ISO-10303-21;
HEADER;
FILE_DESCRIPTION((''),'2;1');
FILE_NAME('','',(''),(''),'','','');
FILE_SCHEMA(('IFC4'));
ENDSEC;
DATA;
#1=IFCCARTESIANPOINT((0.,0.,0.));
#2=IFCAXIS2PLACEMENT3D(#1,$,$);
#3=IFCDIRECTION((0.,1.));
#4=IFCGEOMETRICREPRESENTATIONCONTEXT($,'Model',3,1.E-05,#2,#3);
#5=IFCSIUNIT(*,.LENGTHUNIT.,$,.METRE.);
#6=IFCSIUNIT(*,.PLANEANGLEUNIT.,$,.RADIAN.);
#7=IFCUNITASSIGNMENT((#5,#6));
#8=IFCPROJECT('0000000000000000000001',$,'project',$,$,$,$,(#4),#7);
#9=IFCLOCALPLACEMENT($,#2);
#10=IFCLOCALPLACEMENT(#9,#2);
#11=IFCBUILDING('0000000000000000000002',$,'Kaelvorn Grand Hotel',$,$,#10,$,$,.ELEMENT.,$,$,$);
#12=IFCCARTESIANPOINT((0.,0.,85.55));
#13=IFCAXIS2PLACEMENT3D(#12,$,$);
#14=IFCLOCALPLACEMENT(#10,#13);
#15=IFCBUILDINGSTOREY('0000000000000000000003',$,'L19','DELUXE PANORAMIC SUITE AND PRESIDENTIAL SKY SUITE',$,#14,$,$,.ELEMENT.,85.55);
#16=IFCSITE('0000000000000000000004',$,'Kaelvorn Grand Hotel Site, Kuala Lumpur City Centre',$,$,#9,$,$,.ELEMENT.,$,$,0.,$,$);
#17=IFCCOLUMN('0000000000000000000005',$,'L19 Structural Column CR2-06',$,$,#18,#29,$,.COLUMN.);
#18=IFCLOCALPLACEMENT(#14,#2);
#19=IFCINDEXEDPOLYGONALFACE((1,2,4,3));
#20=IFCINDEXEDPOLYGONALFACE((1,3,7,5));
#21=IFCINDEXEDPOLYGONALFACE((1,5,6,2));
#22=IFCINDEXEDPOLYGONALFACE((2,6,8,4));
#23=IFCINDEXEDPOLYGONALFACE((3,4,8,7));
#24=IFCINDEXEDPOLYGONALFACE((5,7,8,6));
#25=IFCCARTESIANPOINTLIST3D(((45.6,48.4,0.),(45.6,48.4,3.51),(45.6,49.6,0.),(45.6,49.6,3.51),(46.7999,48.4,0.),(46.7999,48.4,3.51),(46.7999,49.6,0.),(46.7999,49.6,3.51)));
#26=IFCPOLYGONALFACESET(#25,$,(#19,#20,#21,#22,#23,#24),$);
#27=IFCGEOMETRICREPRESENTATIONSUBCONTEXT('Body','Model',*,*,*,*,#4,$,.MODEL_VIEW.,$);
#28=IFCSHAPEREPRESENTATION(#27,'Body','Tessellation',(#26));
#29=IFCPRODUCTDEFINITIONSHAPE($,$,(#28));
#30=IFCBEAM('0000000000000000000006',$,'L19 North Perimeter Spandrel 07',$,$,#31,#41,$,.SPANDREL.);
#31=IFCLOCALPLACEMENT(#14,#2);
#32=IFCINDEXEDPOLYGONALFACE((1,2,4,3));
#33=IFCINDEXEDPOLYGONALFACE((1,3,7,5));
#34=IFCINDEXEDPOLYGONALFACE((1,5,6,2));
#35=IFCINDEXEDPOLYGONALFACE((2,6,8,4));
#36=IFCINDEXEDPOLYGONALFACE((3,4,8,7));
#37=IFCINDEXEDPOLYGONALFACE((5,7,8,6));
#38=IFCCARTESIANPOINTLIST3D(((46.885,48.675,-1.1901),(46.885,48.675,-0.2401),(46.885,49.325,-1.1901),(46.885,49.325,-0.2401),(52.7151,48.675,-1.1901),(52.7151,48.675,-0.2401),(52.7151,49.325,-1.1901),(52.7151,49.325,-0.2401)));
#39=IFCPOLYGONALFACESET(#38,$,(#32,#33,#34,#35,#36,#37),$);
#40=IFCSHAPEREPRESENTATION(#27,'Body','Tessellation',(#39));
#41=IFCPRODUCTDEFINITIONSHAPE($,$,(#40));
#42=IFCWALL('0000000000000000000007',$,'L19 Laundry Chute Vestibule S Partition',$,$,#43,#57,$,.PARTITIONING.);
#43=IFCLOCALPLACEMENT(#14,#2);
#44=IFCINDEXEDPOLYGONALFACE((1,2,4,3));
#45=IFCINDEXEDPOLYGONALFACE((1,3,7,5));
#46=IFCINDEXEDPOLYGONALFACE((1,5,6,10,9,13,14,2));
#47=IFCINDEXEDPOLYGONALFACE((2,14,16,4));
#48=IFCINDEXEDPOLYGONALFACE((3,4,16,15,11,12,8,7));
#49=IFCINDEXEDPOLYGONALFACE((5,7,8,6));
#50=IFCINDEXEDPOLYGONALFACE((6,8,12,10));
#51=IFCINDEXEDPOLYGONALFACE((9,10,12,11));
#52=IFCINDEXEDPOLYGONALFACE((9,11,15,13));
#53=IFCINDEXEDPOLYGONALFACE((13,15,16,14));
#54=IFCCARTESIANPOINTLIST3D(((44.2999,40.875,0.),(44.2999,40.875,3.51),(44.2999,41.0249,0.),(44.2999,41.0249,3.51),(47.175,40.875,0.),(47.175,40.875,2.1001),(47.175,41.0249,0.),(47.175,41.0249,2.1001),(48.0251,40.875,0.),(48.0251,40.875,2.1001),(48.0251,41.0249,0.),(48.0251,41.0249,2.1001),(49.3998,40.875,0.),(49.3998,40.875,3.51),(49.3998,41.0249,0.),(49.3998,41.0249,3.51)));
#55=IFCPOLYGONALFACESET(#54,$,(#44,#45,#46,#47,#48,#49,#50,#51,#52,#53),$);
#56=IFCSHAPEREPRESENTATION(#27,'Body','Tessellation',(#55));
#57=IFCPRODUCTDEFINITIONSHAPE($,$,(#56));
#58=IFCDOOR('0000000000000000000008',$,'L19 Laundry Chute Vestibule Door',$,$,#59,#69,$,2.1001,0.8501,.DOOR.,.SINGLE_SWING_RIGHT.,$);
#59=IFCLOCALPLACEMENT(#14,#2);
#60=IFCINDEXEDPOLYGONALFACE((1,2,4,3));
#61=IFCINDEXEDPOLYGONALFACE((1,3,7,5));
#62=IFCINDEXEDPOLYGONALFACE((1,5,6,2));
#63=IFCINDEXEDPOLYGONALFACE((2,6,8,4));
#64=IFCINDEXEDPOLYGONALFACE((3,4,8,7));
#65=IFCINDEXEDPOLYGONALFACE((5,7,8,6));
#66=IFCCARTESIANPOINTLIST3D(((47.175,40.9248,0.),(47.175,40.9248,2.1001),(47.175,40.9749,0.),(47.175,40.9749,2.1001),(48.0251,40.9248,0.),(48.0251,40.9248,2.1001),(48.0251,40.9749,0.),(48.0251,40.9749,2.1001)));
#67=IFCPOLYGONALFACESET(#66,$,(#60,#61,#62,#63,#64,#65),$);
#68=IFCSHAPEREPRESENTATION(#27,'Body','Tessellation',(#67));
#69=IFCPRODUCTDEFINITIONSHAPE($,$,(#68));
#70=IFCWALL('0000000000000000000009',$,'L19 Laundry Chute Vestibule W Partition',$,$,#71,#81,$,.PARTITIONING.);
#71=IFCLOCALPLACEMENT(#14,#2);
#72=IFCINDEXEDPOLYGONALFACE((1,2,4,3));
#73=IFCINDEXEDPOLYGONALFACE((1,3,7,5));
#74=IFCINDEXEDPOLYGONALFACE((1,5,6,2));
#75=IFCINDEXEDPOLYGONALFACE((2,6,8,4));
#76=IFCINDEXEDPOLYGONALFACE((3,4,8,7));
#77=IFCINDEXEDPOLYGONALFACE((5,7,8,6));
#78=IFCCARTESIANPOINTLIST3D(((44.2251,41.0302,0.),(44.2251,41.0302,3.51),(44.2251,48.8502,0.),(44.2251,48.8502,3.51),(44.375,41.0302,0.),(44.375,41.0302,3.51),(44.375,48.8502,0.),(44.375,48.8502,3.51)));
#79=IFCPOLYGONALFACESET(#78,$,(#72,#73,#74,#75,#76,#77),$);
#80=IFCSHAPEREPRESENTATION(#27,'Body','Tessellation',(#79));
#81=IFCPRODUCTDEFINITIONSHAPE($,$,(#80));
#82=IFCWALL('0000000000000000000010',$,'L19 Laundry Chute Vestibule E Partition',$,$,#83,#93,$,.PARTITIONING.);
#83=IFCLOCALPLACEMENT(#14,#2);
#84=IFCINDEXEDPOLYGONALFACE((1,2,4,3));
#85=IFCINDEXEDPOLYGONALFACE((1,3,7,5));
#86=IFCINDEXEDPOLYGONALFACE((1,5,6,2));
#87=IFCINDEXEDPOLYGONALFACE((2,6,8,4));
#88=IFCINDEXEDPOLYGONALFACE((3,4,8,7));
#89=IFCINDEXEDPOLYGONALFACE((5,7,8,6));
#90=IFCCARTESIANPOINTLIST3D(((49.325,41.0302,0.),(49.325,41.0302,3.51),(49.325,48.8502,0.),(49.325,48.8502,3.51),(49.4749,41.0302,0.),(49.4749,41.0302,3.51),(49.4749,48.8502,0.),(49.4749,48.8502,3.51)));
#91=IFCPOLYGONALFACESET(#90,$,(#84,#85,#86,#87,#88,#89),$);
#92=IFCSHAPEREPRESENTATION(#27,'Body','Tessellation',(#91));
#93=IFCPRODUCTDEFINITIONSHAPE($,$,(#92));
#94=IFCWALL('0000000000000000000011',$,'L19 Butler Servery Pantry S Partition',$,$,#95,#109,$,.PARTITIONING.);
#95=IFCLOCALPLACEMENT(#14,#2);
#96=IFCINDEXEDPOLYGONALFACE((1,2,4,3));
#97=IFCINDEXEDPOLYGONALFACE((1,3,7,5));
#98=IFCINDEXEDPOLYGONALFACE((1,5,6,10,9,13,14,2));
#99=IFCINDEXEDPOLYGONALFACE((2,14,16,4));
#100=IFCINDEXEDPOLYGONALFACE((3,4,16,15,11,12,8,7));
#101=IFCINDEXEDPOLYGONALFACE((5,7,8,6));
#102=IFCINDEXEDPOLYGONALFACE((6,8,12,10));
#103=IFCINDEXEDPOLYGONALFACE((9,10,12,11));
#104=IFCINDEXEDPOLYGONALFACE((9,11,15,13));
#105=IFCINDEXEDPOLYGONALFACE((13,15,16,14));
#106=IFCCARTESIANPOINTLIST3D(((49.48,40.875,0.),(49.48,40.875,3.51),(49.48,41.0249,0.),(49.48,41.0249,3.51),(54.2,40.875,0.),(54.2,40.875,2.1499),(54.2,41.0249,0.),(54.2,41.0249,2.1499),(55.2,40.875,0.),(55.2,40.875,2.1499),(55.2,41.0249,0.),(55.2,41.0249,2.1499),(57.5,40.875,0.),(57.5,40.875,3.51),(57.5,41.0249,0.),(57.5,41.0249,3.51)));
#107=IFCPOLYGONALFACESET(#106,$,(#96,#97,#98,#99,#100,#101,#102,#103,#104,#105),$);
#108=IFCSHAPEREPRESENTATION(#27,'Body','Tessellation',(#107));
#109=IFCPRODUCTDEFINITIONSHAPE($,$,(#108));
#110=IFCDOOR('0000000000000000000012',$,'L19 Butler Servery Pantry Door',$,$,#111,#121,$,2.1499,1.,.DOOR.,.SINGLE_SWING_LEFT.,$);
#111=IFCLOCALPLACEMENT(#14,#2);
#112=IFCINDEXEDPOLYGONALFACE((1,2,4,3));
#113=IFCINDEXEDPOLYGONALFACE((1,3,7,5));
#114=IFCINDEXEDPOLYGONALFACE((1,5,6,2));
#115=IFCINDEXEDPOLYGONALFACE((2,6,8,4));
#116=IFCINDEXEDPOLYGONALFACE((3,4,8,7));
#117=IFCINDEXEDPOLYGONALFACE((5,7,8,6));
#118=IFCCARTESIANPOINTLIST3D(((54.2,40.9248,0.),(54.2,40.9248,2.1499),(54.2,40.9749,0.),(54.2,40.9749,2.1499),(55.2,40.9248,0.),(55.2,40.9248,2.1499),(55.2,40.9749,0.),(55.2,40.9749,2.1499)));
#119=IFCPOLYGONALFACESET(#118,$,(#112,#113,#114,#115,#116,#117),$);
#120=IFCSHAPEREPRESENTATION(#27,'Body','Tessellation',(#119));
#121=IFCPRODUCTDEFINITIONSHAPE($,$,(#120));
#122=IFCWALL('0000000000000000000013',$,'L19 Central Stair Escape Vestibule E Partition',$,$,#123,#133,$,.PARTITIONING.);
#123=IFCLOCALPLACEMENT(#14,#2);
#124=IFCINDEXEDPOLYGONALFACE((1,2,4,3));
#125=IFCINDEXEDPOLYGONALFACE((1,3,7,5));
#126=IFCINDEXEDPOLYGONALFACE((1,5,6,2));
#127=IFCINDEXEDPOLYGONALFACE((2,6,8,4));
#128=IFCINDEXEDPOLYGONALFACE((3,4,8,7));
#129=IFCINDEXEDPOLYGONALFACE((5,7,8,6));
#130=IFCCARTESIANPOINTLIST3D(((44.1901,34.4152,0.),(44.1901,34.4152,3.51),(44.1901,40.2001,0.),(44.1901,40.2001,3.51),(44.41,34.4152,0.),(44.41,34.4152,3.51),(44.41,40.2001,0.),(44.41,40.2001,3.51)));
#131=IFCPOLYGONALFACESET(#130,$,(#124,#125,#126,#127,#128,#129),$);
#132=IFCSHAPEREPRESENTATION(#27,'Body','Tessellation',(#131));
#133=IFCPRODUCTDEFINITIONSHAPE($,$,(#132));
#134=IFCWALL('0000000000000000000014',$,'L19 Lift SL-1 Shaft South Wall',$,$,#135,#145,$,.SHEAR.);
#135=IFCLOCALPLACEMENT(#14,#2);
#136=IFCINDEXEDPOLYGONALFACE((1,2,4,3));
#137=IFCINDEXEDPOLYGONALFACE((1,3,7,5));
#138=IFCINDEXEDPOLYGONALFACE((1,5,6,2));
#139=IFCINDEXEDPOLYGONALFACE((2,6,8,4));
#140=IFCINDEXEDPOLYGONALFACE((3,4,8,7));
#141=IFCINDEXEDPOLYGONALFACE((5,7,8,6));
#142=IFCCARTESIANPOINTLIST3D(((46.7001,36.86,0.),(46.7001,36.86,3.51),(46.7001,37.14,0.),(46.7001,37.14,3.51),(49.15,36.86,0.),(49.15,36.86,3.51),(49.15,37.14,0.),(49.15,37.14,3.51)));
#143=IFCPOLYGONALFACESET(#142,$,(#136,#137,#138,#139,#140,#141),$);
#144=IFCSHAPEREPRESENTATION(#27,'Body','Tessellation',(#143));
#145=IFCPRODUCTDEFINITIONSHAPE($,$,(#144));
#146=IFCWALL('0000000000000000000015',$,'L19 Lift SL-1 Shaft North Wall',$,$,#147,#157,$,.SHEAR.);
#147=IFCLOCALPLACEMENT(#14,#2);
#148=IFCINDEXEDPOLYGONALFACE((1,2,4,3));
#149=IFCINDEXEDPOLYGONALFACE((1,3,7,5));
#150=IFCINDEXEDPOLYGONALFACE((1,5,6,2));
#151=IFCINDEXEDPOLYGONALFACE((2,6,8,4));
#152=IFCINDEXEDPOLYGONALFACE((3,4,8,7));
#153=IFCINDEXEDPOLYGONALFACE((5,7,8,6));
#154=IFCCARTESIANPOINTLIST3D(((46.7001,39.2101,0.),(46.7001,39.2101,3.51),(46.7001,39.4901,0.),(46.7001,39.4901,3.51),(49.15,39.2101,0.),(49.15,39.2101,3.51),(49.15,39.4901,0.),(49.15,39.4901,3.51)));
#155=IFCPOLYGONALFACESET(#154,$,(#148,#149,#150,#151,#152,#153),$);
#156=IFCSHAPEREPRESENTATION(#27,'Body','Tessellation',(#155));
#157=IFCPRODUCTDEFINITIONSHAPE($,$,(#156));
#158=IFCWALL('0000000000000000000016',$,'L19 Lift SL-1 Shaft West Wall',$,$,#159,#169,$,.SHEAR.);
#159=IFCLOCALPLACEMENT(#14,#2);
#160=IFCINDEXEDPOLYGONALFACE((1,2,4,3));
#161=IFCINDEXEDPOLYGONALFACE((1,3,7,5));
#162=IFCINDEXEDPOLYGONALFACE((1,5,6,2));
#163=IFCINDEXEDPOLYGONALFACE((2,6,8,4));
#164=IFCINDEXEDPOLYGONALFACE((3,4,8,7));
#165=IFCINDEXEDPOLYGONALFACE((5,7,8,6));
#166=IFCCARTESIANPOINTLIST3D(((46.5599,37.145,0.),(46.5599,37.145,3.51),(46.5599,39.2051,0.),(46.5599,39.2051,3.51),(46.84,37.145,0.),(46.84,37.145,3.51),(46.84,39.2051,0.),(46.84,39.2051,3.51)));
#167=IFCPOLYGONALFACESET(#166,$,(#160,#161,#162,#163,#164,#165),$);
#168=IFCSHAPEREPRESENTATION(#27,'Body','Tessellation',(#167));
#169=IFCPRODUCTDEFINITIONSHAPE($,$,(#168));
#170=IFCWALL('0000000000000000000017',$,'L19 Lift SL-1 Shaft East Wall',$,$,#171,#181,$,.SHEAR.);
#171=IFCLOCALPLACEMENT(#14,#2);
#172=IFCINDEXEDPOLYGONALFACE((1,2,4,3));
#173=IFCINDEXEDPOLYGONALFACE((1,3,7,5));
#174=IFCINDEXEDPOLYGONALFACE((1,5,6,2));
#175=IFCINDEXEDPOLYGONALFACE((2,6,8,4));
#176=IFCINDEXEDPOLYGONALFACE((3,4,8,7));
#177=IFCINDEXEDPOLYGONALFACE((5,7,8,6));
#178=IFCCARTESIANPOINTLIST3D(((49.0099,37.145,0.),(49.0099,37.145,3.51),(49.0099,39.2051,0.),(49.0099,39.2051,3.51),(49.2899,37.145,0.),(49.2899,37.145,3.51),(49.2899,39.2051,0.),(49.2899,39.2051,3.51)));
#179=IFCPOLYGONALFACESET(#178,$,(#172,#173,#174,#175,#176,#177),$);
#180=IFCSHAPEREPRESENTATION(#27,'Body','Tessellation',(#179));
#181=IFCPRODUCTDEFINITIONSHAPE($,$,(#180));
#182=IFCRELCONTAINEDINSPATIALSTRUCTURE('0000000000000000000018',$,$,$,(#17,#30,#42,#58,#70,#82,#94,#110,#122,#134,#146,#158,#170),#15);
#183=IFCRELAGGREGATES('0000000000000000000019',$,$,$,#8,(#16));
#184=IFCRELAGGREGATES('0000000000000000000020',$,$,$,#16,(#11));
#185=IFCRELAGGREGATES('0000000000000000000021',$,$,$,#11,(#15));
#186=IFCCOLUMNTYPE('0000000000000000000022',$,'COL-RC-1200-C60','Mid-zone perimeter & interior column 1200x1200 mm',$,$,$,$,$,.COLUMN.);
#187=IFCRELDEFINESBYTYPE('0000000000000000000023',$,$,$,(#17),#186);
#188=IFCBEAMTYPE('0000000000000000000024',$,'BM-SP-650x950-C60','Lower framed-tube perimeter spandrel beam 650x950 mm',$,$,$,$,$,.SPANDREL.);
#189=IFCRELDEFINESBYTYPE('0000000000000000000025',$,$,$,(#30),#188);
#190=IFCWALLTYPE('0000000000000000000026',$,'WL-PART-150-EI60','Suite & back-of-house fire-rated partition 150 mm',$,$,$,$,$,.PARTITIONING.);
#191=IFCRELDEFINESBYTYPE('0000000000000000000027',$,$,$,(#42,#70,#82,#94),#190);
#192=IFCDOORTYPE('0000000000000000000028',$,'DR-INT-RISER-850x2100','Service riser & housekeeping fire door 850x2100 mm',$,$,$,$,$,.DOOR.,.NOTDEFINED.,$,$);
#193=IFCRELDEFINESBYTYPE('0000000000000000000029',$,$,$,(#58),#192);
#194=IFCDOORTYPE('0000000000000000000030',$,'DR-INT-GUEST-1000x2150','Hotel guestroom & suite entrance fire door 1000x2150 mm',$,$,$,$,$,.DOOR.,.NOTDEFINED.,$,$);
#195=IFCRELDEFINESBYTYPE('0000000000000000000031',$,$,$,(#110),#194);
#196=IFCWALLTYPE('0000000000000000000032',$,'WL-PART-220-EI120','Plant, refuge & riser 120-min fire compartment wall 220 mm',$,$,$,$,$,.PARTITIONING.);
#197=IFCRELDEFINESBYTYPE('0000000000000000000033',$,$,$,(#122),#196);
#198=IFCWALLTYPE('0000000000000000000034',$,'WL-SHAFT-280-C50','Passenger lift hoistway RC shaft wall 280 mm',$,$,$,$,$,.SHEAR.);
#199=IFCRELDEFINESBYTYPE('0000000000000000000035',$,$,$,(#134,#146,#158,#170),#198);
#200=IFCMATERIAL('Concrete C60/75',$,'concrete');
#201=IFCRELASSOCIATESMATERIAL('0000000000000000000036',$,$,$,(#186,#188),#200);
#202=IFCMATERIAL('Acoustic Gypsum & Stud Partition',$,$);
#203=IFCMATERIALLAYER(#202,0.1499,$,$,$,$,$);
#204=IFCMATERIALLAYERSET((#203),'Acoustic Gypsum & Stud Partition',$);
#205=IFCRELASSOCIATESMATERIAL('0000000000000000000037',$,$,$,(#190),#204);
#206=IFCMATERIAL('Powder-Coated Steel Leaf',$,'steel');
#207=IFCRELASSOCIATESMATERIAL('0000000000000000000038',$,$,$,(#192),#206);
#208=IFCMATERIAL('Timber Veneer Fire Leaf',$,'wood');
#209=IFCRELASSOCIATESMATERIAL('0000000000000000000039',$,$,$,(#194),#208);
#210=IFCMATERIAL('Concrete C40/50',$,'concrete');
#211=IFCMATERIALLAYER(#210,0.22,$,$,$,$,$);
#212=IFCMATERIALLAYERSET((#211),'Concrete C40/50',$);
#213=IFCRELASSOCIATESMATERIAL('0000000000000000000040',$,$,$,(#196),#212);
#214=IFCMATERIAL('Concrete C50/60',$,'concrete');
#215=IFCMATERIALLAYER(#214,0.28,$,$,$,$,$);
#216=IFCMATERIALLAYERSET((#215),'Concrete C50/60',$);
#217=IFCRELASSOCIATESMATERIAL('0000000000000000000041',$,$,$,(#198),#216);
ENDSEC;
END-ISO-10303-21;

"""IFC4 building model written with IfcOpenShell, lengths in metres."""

from ifc_helpers import new_model, si_unit, direction, frame, frame_2d, origin, origin_2d, place, context, subcontext, project, spatial, rectangle, extrude, material, layer, layer_set, material_profile, profile_set, type_object, element, fill, save


model = new_model("IFC4")

# Units and contexts
model_context = context("Model", 3, precision=1e-05, world=origin(), true_north=direction((0.0, 1.0)))
body_context = subcontext(model_context, "Body", "Model", "MODEL_VIEW")
ifc_project = project(units=[si_unit("LENGTHUNIT", "METRE"), si_unit("PLANEANGLEUNIT", "RADIAN")], contexts=[model_context])

# Site, building, storey
site_placement = place(None, origin())
site = spatial("IfcSite", under=ifc_project, at=site_placement, Name="Kaelvorn Grand Hotel Site, Kuala Lumpur City Centre", CompositionType="ELEMENT", RefElevation=0.0)
building_placement = place(site_placement, origin())
building = spatial("IfcBuilding", under=site, at=building_placement, Name="Kaelvorn Grand Hotel", CompositionType="ELEMENT")
storey_placement = place(building_placement, frame((0.0, 0.0, 85.55)))
storey = spatial("IfcBuildingStorey", under=building, at=storey_placement, Name="L19", Description="DELUXE PANORAMIC SUITE AND PRESIDENTIAL SKY SUITE", CompositionType="ELEMENT", Elevation=85.55)

# Column
ifc_material_1 = material(Name="Concrete C60/75", Category="concrete")
ifc_material_profile_1 = material_profile(ifc_material_1, rectangle(XDim=1.2, YDim=1.2, at=origin_2d()), Name="RC COL 1200x1200")
ifc_profile_set_1 = profile_set([ifc_material_profile_1], Name="Concrete C60/75")
column_type = type_object("IfcColumnType", Name="COL-RC-1200-C60", Description="Mid-zone perimeter & interior column 1200x1200 mm", PredefinedType="COLUMN", material=ifc_profile_set_1)
column_placement = place(storey_placement, frame((46.2, 49.0, 0.0), z_axis=(0.0, 0.0, 1.0), x_axis=(1.0, 0.0, 0.0)))
element("IfcColumn", 1, at=column_placement, inside=storey, type_object=column_type, Name="L19 Structural Column CR2-06", PredefinedType="COLUMN", context=body_context, shape_type="SweptSolid", body=[
    extrude(rectangle(XDim=1.2, YDim=1.2, at=origin_2d()), origin(), (0.0, 0.0, 1.0), 3.51),
])

# Beam
ifc_material_profile_2 = material_profile(ifc_material_1, rectangle(XDim=0.6499, YDim=0.95, at=origin_2d()), Name="RC SPANDREL 650x950")
ifc_profile_set_2 = profile_set([ifc_material_profile_2], Name="Concrete C60/75")
beam_type = type_object("IfcBeamType", Name="BM-SP-650x950-C60", Description="Lower framed-tube perimeter spandrel beam 650x950 mm", PredefinedType="SPANDREL", material=ifc_profile_set_2)
beam_placement = place(storey_placement, frame((46.885, 49.0, -0.7151), z_axis=(1.0, 0.0, 0.0), x_axis=(0.0, 1.0, 0.0)))
element("IfcBeam", 2, at=beam_placement, inside=storey, type_object=beam_type, Name="L19 North Perimeter Spandrel 07", PredefinedType="SPANDREL", context=body_context, shape_type="SweptSolid", body=[
    extrude(rectangle(XDim=0.6499, YDim=0.95, at=origin_2d()), origin(), (0.0, 0.0, 1.0), 5.8301),
])

# Wall, opening, door
ifc_material_2 = material(Name="Acoustic Gypsum & Stud Partition")
ifc_layer_1 = layer(ifc_material_2, 0.1499)
ifc_layer_set_1 = layer_set([ifc_layer_1], Name="Acoustic Gypsum & Stud Partition")
wall_type_1 = type_object("IfcWallType", Name="WL-PART-150-EI60", Description="Suite & back-of-house fire-rated partition 150 mm", PredefinedType="PARTITIONING", material=ifc_layer_set_1)
wall_1_placement = place(storey_placement, frame((44.3, 40.95, 0.0), z_axis=(0.0, 0.0, 1.0), x_axis=(1.0, 0.0, 0.0)))
wall_1 = element("IfcWall", 3, at=wall_1_placement, inside=storey, type_object=wall_type_1, Name="L19 Laundry Chute Vestibule S Partition", PredefinedType="PARTITIONING", context=body_context, shape_type="SweptSolid", body=[
    extrude(rectangle(XDim=5.0999, YDim=0.1499, at=frame_2d((2.5498, 0.0))), origin(), (0.0, 0.0, 1.0), 3.51),
])
opening_1_placement = place(wall_1_placement, frame((2.875, 0.0, 0.0)))
opening_1 = element("IfcOpeningElement", 4, at=opening_1_placement, cuts=wall_1, PredefinedType="OPENING", context=body_context, shape_type="SweptSolid", body=[
    extrude(rectangle(XDim=0.8501, YDim=2.1001, at=frame_2d((0.425, 1.05))), frame((0.0, 0.085, 0.0), z_axis=(0.0, -1.0, 0.0), x_axis=(1.0, 0.0, 0.0)), (0.0, 0.0, 1.0), 0.1699),
])
ifc_material_3 = material(Name="Powder-Coated Steel Leaf", Category="steel")
door_type_1 = type_object("IfcDoorType", Name="DR-INT-RISER-850x2100", Description="Service riser & housekeeping fire door 850x2100 mm", OperationType="NOTDEFINED", PredefinedType="DOOR", material=ifc_material_3)
door_1_placement = place(opening_1_placement, origin())
door_1 = element("IfcDoor", 5, at=door_1_placement, inside=storey, type_object=door_type_1, Name="L19 Laundry Chute Vestibule Door", OperationType="SINGLE_SWING_RIGHT", OverallHeight=2.1001, OverallWidth=0.8501, PredefinedType="DOOR", context=body_context, shape_type="SweptSolid", body=[
    extrude(rectangle(XDim=0.8501, YDim=2.1001, at=frame_2d((0.425, 1.05))), frame((0.0, 0.0249, 0.0), z_axis=(0.0, -1.0, 0.0), x_axis=(1.0, 0.0, 0.0)), (0.0, 0.0, 1.0), 0.05),
])
fill(opening_1, door_1)

# Walls
for number, where, z_axis, x_axis, name in (
    (6, (44.3, 41.03, 0.0), (0.0, 0.0, 1.0), (0.0, 1.0, 0.0), "L19 Laundry Chute Vestibule W Partition"),
    (7, (49.3999, 41.03, 0.0), (0.0, 0.0, 1.0), (0.0, 1.0, 0.0), "L19 Laundry Chute Vestibule E Partition"),
):
    element("IfcWall", number, at=place(storey_placement, frame(where, z_axis=z_axis, x_axis=x_axis)), inside=storey, type_object=wall_type_1, Name=name, PredefinedType="PARTITIONING", context=body_context, shape_type="SweptSolid", body=[
        extrude(rectangle(XDim=7.8201, YDim=0.1499, at=frame_2d((3.9102, 0.0))), origin(), (0.0, 0.0, 1.0), 3.51),
    ])

# Wall, opening, door
wall_2_placement = place(storey_placement, frame((49.48, 40.95, 0.0), z_axis=(0.0, 0.0, 1.0), x_axis=(1.0, 0.0, 0.0)))
wall_2 = element("IfcWall", 8, at=wall_2_placement, inside=storey, type_object=wall_type_1, Name="L19 Butler Servery Pantry S Partition", PredefinedType="PARTITIONING", context=body_context, shape_type="SweptSolid", body=[
    extrude(rectangle(XDim=8.02, YDim=0.1499, at=frame_2d((4.01, 0.0))), origin(), (0.0, 0.0, 1.0), 3.51),
])
opening_2_placement = place(wall_2_placement, frame((4.72, 0.0, 0.0)))
opening_2 = element("IfcOpeningElement", 9, at=opening_2_placement, cuts=wall_2, PredefinedType="OPENING", context=body_context, shape_type="SweptSolid", body=[
    extrude(rectangle(XDim=1.0, YDim=2.1499, at=frame_2d((0.5, 1.075))), frame((0.0, 0.085, 0.0), z_axis=(0.0, -1.0, 0.0), x_axis=(1.0, 0.0, 0.0)), (0.0, 0.0, 1.0), 0.1699),
])
ifc_material_4 = material(Name="Timber Veneer Fire Leaf", Category="wood")
door_type_2 = type_object("IfcDoorType", Name="DR-INT-GUEST-1000x2150", Description="Hotel guestroom & suite entrance fire door 1000x2150 mm", OperationType="NOTDEFINED", PredefinedType="DOOR", material=ifc_material_4)
door_2_placement = place(opening_2_placement, origin())
door_2 = element("IfcDoor", 10, at=door_2_placement, inside=storey, type_object=door_type_2, Name="L19 Butler Servery Pantry Door", OperationType="SINGLE_SWING_LEFT", OverallHeight=2.1499, OverallWidth=1.0, PredefinedType="DOOR", context=body_context, shape_type="SweptSolid", body=[
    extrude(rectangle(XDim=1.0, YDim=2.1499, at=frame_2d((0.5, 1.075))), frame((0.0, 0.0249, 0.0), z_axis=(0.0, -1.0, 0.0), x_axis=(1.0, 0.0, 0.0)), (0.0, 0.0, 1.0), 0.05),
])
fill(opening_2, door_2)

# Walls
ifc_material_5 = material(Name="Concrete C40/50", Category="concrete")
ifc_layer_2 = layer(ifc_material_5, 0.22)
ifc_layer_set_2 = layer_set([ifc_layer_2], Name="Concrete C40/50")
wall_type_2 = type_object("IfcWallType", Name="WL-PART-220-EI120", Description="Plant, refuge & riser 120-min fire compartment wall 220 mm", PredefinedType="PARTITIONING", material=ifc_layer_set_2)
wall_3_placement = place(storey_placement, frame((44.3, 34.415, 0.0), z_axis=(0.0, 0.0, 1.0), x_axis=(0.0, 1.0, 0.0)))
element("IfcWall", 11, at=wall_3_placement, inside=storey, type_object=wall_type_2, Name="L19 Central Stair Escape Vestibule E Partition", PredefinedType="PARTITIONING", context=body_context, shape_type="SweptSolid", body=[
    extrude(rectangle(XDim=5.7849, YDim=0.22, at=frame_2d((2.8926, 0.0))), origin(), (0.0, 0.0, 1.0), 3.51),
])
ifc_material_6 = material(Name="Concrete C50/60", Category="concrete")
ifc_layer_3 = layer(ifc_material_6, 0.28)
ifc_layer_set_3 = layer_set([ifc_layer_3], Name="Concrete C50/60")
wall_type_3 = type_object("IfcWallType", Name="WL-SHAFT-280-C50", Description="Passenger lift hoistway RC shaft wall 280 mm", PredefinedType="SHEAR", material=ifc_layer_set_3)
for number, where, z_axis, x_axis, name in (
    (12, (46.7, 37.0, 0.0), (0.0, 0.0, 1.0), (1.0, 0.0, 0.0), "L19 Lift SL-1 Shaft South Wall"),
    (13, (46.7, 39.3501, 0.0), (0.0, 0.0, 1.0), (1.0, 0.0, 0.0), "L19 Lift SL-1 Shaft North Wall"),
):
    element("IfcWall", number, at=place(storey_placement, frame(where, z_axis=z_axis, x_axis=x_axis)), inside=storey, type_object=wall_type_3, Name=name, PredefinedType="SHEAR", context=body_context, shape_type="SweptSolid", body=[
        extrude(rectangle(XDim=2.45, YDim=0.28, at=frame_2d((1.2251, 0.0))), origin(), (0.0, 0.0, 1.0), 3.51),
    ])
for number, where, z_axis, x_axis, name in (
    (14, (46.7, 37.145, 0.0), (0.0, 0.0, 1.0), (0.0, 1.0, 0.0), "L19 Lift SL-1 Shaft West Wall"),
    (15, (49.1499, 37.145, 0.0), (0.0, 0.0, 1.0), (0.0, 1.0, 0.0), "L19 Lift SL-1 Shaft East Wall"),
):
    element("IfcWall", number, at=place(storey_placement, frame(where, z_axis=z_axis, x_axis=x_axis)), inside=storey, type_object=wall_type_3, Name=name, PredefinedType="SHEAR", context=body_context, shape_type="SweptSolid", body=[
        extrude(rectangle(XDim=2.0601, YDim=0.28, at=frame_2d((1.03, 0.0))), origin(), (0.0, 0.0, 1.0), 3.51),
    ])

save(model, "model.ifc")
